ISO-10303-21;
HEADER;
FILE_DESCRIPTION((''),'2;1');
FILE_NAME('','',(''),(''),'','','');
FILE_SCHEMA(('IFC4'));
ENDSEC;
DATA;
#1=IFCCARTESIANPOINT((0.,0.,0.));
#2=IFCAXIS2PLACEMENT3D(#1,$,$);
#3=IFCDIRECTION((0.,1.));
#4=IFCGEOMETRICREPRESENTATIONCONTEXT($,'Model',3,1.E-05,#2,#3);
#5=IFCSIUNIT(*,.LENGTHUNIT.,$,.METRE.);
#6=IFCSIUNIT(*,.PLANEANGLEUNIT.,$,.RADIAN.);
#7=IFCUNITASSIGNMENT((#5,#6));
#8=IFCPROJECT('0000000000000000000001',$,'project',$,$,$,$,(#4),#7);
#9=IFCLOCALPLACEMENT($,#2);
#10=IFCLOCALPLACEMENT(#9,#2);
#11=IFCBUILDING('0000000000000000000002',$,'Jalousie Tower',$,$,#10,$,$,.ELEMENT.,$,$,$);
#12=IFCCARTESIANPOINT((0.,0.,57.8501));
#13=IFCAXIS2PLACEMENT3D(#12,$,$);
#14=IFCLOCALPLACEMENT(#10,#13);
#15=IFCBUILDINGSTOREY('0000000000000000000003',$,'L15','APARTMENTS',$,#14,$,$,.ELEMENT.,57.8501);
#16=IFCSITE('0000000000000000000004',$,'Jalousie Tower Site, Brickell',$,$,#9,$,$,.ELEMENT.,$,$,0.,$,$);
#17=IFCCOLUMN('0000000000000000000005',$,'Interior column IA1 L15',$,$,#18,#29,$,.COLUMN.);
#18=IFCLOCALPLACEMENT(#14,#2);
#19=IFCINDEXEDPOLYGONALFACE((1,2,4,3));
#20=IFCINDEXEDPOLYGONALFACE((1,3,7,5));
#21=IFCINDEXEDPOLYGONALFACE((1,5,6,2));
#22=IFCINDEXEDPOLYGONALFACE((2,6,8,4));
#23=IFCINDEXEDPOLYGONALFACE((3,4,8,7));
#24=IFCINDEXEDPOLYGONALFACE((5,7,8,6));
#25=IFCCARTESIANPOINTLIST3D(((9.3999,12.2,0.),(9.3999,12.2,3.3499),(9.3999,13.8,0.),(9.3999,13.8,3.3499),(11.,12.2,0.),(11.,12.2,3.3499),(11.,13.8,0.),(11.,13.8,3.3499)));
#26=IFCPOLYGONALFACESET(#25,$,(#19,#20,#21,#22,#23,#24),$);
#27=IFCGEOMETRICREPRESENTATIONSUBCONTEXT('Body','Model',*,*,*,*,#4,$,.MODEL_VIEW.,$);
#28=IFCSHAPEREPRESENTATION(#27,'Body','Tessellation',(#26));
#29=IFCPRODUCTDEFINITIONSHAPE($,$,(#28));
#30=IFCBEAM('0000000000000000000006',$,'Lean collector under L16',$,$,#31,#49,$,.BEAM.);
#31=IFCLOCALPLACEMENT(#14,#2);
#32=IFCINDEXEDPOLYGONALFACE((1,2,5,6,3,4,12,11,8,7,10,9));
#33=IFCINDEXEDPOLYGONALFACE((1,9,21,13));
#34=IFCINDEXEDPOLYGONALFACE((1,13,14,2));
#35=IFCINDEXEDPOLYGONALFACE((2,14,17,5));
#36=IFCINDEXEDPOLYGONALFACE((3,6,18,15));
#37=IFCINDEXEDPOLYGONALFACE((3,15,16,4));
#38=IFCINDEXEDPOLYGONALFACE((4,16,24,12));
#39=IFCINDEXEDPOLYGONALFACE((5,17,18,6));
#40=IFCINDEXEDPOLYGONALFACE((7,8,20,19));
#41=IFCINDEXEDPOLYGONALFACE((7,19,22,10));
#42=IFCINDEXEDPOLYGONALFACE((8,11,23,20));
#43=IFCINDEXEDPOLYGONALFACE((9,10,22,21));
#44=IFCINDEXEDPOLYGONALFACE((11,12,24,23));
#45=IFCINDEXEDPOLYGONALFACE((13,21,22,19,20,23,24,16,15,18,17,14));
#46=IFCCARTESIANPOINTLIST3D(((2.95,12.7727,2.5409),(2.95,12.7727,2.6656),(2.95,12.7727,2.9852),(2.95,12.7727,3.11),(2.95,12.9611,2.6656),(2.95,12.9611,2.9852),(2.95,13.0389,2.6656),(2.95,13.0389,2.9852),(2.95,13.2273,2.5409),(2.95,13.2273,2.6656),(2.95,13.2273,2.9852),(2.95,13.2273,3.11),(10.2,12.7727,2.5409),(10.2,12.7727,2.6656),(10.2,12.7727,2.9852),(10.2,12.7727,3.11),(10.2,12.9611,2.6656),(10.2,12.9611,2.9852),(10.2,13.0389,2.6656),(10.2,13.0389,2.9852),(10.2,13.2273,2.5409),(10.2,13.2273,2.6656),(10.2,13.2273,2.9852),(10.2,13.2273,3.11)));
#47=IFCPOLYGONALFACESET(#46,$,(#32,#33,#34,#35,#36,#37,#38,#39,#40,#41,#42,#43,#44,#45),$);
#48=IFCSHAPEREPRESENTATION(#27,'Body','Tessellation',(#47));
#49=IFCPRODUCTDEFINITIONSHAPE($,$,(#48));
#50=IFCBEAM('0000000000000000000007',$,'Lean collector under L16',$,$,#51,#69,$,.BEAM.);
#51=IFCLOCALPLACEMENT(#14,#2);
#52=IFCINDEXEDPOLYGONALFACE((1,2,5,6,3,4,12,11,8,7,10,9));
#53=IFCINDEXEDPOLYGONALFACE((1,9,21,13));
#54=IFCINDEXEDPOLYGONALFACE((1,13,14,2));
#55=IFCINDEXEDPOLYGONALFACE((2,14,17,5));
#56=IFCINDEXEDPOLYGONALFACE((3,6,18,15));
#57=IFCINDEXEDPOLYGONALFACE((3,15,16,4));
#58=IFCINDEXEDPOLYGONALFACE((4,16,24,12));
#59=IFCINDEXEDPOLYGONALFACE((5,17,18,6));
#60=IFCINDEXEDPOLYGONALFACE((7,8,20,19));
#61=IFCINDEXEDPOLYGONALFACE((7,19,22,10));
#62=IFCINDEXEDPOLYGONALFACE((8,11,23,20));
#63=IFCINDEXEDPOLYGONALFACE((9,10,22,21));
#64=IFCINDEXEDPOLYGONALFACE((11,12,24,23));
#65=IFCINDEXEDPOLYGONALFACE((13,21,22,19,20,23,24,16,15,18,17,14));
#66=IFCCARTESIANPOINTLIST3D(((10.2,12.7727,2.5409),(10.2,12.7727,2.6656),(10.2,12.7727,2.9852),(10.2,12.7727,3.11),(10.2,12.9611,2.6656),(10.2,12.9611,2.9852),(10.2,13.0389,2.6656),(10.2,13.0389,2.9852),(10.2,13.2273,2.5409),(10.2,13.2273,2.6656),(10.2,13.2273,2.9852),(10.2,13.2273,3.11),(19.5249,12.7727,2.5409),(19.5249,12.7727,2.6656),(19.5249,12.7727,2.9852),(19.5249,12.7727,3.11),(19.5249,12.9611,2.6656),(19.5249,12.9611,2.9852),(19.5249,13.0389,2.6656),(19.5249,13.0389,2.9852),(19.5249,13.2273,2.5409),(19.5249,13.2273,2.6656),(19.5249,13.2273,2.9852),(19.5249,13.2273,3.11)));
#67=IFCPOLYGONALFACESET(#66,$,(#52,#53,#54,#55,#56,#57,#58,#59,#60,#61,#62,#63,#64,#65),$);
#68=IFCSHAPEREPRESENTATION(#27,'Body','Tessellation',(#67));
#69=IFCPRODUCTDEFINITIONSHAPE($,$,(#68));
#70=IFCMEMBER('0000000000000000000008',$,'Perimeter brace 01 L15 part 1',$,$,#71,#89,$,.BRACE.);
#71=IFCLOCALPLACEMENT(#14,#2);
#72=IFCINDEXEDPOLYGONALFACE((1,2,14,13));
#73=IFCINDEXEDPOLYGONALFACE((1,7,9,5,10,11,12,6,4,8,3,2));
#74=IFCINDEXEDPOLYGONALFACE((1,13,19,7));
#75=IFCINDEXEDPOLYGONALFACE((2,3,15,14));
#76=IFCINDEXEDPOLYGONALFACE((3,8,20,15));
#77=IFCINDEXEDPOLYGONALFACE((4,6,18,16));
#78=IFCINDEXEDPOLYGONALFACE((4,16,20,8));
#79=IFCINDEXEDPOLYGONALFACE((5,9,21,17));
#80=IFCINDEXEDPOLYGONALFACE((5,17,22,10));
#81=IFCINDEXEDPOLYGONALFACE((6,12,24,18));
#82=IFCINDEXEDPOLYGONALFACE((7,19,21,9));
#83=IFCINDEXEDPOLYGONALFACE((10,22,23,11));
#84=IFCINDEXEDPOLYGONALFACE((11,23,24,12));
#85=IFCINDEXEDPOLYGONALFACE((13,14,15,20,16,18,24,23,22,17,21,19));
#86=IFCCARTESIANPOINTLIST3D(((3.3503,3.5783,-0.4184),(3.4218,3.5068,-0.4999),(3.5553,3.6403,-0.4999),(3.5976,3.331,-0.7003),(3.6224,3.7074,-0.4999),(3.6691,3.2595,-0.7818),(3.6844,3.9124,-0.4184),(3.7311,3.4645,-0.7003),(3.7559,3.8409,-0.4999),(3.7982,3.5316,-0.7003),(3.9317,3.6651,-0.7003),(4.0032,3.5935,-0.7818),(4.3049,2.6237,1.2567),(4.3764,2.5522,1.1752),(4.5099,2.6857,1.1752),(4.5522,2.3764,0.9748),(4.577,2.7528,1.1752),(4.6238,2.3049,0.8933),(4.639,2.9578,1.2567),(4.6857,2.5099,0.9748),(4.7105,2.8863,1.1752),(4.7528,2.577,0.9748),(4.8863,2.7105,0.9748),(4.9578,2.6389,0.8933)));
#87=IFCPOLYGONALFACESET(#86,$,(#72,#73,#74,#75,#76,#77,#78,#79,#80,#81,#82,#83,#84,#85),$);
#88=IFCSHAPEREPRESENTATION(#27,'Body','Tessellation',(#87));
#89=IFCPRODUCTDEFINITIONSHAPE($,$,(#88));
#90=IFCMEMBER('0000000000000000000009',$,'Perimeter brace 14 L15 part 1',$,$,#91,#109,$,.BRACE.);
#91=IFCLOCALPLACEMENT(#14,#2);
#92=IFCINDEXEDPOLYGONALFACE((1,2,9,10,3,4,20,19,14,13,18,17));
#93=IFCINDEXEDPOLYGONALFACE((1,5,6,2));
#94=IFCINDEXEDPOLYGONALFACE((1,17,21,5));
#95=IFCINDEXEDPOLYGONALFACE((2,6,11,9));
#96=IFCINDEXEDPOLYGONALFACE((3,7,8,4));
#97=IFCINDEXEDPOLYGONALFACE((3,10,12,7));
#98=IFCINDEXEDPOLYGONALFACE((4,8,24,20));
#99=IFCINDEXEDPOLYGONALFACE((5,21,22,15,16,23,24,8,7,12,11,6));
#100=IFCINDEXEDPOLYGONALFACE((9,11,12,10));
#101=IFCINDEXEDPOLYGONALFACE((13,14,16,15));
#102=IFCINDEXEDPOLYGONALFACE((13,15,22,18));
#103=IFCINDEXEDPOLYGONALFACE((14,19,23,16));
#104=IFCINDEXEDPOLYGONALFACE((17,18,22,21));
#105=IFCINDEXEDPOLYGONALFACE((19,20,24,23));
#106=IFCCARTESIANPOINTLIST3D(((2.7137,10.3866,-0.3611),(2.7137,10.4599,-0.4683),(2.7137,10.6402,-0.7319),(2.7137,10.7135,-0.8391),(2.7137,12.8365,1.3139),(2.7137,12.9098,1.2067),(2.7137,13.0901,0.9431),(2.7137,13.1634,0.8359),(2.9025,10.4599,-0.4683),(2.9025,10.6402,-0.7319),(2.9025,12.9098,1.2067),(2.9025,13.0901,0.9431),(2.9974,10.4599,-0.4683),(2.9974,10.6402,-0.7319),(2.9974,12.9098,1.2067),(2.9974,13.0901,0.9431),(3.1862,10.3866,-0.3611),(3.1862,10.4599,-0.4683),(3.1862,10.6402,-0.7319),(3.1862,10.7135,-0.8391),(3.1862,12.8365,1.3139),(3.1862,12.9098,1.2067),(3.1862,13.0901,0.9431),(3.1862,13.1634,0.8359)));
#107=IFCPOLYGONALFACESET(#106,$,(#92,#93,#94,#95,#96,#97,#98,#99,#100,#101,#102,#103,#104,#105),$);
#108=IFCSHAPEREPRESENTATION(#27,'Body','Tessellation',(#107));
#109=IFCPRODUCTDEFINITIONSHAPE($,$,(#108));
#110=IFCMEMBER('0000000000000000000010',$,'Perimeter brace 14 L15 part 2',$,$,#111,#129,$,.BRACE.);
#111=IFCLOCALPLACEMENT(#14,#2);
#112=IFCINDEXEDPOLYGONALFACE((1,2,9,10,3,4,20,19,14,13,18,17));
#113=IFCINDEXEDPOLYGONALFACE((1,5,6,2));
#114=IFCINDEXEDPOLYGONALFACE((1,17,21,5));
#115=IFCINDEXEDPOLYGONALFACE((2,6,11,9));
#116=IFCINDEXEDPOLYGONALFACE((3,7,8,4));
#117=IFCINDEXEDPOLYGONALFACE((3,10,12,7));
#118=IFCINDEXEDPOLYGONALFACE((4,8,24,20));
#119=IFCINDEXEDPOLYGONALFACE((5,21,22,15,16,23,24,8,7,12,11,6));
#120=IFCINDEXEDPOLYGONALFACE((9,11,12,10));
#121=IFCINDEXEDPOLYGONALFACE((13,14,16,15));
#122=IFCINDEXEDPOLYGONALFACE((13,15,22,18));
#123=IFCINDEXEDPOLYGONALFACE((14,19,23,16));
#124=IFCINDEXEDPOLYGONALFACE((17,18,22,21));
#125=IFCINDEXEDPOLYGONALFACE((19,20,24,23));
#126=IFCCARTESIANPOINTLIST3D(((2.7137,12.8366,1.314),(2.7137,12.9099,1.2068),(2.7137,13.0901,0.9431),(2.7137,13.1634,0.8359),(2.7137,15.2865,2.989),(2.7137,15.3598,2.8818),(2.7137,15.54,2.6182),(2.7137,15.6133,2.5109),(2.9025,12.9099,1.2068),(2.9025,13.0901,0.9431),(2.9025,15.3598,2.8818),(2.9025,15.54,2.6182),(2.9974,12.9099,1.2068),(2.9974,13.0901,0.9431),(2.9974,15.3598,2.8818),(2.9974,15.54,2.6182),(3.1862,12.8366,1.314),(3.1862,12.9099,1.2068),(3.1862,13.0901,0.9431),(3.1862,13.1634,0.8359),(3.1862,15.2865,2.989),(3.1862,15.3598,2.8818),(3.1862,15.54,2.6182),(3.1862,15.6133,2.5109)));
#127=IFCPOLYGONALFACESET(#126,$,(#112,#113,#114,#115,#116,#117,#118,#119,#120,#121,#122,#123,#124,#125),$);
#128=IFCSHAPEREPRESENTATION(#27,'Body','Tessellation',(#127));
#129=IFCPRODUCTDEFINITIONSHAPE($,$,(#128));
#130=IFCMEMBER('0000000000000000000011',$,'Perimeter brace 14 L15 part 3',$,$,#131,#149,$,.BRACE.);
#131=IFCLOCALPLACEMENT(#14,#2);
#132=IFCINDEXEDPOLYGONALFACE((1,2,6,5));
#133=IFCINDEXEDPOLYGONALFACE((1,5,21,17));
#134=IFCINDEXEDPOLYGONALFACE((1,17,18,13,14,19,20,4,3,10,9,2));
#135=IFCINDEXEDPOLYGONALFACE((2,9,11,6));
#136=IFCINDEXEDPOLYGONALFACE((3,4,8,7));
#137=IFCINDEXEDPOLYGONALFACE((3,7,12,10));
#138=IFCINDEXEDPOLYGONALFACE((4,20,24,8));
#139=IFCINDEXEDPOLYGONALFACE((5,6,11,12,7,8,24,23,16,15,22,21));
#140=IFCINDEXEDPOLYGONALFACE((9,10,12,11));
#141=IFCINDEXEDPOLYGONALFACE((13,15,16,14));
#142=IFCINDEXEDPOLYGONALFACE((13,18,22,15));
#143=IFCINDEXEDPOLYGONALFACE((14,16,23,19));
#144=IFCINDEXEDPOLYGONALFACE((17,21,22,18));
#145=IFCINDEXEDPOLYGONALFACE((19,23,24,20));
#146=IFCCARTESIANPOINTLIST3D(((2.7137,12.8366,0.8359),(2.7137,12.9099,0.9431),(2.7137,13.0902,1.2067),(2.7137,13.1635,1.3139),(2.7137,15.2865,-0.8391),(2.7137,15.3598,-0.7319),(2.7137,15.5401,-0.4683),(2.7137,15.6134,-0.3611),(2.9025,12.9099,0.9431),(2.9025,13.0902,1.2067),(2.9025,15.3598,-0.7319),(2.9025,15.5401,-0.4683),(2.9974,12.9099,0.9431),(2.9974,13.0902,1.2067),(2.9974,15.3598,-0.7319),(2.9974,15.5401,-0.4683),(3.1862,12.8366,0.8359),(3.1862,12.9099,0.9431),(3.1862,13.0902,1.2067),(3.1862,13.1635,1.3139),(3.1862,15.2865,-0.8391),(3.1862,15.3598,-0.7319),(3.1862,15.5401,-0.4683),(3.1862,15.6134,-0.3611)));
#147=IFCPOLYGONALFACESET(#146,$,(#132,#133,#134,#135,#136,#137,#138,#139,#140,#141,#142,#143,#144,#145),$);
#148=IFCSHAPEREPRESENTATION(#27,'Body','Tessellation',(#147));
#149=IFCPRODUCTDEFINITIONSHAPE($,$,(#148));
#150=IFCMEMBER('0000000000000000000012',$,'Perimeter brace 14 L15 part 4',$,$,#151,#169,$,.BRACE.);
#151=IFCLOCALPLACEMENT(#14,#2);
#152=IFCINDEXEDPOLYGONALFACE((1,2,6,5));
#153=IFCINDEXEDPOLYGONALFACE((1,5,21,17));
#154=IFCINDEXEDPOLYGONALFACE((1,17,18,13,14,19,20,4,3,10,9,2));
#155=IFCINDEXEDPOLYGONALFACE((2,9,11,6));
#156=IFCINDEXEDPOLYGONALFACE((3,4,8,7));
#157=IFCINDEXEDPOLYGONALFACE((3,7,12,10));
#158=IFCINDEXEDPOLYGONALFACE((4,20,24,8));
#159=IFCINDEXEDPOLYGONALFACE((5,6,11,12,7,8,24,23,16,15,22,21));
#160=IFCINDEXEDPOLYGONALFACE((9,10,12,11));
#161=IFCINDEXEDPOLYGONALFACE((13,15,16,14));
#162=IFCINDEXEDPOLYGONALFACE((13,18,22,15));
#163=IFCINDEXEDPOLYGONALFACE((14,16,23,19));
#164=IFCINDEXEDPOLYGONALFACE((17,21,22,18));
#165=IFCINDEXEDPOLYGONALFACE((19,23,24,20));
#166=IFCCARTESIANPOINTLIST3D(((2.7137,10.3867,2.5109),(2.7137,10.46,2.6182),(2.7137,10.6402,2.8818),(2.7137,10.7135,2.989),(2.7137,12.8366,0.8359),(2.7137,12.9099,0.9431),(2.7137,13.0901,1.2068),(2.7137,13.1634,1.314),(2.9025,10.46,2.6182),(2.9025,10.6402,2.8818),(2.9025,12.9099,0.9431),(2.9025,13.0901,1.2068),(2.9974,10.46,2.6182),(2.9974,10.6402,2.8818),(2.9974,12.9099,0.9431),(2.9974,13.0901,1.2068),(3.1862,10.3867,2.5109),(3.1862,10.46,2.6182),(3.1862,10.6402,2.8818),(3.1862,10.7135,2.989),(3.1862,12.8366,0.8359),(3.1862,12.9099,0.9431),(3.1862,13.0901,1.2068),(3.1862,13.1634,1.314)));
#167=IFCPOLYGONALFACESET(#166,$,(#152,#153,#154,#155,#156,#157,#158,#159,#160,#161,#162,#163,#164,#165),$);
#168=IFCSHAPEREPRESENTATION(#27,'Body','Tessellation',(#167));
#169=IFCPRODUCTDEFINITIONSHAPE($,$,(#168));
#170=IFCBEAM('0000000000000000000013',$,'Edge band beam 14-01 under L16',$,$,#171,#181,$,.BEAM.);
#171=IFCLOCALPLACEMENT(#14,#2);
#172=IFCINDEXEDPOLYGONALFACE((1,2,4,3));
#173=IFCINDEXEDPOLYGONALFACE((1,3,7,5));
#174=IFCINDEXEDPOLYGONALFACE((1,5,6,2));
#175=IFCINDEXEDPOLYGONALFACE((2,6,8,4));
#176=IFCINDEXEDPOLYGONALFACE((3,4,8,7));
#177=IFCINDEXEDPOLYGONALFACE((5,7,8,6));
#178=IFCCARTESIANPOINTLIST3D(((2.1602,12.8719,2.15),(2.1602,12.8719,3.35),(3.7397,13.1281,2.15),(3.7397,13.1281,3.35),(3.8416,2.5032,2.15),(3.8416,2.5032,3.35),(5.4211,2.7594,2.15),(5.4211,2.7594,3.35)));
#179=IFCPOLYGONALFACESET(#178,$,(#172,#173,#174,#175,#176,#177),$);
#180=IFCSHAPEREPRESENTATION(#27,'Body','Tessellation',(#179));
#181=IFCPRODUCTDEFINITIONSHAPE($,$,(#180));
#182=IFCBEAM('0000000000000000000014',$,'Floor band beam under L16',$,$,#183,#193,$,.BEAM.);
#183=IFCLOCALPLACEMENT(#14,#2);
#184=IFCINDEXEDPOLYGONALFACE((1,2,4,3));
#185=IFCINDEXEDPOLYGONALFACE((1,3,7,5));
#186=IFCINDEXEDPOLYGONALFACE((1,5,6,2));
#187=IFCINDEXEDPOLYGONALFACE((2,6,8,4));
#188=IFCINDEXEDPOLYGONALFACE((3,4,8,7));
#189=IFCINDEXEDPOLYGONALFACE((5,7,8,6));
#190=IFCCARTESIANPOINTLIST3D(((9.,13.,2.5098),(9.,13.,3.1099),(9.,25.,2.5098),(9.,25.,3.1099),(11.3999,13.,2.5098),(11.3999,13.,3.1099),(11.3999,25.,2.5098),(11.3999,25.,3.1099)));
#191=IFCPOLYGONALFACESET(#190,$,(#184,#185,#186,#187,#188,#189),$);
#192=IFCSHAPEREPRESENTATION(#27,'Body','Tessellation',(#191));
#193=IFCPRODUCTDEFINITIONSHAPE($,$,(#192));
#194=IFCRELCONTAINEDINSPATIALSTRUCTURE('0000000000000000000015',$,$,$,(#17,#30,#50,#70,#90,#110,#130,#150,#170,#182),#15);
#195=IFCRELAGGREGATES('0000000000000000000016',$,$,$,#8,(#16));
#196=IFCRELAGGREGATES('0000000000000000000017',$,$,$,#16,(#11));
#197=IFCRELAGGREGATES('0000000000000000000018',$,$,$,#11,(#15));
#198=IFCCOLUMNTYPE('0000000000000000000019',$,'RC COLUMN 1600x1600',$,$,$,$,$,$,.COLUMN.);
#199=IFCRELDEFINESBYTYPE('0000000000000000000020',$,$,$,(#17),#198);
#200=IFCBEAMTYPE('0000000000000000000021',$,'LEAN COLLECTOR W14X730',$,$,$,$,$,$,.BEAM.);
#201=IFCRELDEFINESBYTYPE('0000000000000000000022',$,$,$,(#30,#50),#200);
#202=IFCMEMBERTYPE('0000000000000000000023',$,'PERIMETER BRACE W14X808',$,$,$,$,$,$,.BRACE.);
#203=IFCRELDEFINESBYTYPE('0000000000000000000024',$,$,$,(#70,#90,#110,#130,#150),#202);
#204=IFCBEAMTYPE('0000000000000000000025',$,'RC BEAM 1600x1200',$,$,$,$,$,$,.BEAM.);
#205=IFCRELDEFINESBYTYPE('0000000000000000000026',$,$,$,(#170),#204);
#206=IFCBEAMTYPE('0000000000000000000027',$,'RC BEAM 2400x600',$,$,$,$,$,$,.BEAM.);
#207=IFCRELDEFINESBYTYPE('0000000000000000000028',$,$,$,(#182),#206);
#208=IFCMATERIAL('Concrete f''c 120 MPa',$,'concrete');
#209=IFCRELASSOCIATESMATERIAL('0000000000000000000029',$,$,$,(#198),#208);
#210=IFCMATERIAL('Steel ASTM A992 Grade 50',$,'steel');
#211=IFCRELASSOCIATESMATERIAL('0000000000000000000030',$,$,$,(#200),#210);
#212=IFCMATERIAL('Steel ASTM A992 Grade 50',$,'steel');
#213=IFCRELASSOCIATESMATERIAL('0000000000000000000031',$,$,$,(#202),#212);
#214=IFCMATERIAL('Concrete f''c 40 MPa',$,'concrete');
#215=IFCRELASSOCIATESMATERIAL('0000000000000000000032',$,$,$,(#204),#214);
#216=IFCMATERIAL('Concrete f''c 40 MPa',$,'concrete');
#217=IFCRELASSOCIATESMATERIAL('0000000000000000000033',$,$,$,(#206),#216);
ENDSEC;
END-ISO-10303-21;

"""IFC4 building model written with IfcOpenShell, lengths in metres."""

from ifc_helpers import new_model, si_unit, direction, frame, origin, origin_2d, place, context, subcontext, project, spatial, rectangle, i_section, extrude, material, material_profile, profile_set, type_object, element, save


model = new_model("IFC4")

# Units and contexts
model_context = context("Model", 3, precision=1e-05, world=origin(), true_north=direction((0.0, 1.0)))
body_context = subcontext(model_context, "Body", "Model", "MODEL_VIEW")
ifc_project = project(units=[si_unit("LENGTHUNIT", "METRE"), si_unit("PLANEANGLEUNIT", "RADIAN")], contexts=[model_context])

# Site, building, storey
site_placement = place(None, origin())
site = spatial("IfcSite", under=ifc_project, at=site_placement, Name="Jalousie Tower Site, Brickell", CompositionType="ELEMENT", RefElevation=0.0)
building_placement = place(site_placement, origin())
building = spatial("IfcBuilding", under=site, at=building_placement, Name="Jalousie Tower", CompositionType="ELEMENT")
storey_placement = place(building_placement, frame((0.0, 0.0, 57.8501)))
storey = spatial("IfcBuildingStorey", under=building, at=storey_placement, Name="L15", Description="APARTMENTS", CompositionType="ELEMENT", Elevation=57.8501)

# Column
ifc_material_1 = material(Name="Concrete f'c 120 MPa", Category="concrete")
ifc_material_profile_1 = material_profile(ifc_material_1, rectangle(XDim=1.6001, YDim=1.6001, at=origin_2d()), Name="RC 1600x1600")
ifc_profile_set_1 = profile_set([ifc_material_profile_1], Name="Concrete f'c 120 MPa")
column_type = type_object("IfcColumnType", Name="RC COLUMN 1600x1600", PredefinedType="COLUMN", material=ifc_profile_set_1)
column_placement = place(storey_placement, frame((10.2, 13.0, 0.0), z_axis=(0.0, 0.0, 1.0), x_axis=(1.0, 0.0, 0.0)))
element("IfcColumn", 1, at=column_placement, inside=storey, type_object=column_type, Name="Interior column IA1 L15", PredefinedType="COLUMN", context=body_context, shape_type="SweptSolid", body=[
    extrude(rectangle(XDim=1.6001, YDim=1.6001, at=origin_2d()), origin(), (0.0, 0.0, 1.0), 3.3499),
])

# Beams
ifc_material_2 = material(Name="Steel ASTM A992 Grade 50", Category="steel")
ifc_material_profile_2 = material_profile(ifc_material_2, i_section(OverallWidth=0.4546, OverallDepth=0.5691, WebThickness=0.0779, FlangeThickness=0.1248, at=origin_2d()), Name="W14X730")
ifc_profile_set_2 = profile_set([ifc_material_profile_2], Name="Steel ASTM A992 Grade 50")
beam_type_1 = type_object("IfcBeamType", Name="LEAN COLLECTOR W14X730", PredefinedType="BEAM", material=ifc_profile_set_2)
beam_1_placement = place(storey_placement, frame((2.95, 13.0, 2.8254), z_axis=(1.0, 0.0, 0.0), x_axis=(0.0, 1.0, 0.0)))
element("IfcBeam", 2, at=beam_1_placement, inside=storey, type_object=beam_type_1, Name="Lean collector under L16", PredefinedType="BEAM", context=body_context, shape_type="SweptSolid", body=[
    extrude(i_section(OverallWidth=0.4546, OverallDepth=0.5691, WebThickness=0.0779, FlangeThickness=0.1248, at=origin_2d()), origin(), (0.0, 0.0, 1.0), 7.25),
])
beam_2_placement = place(storey_placement, frame((10.2, 13.0, 2.8254), z_axis=(1.0, 0.0, 0.0), x_axis=(0.0, 1.0, 0.0)))
element("IfcBeam", 3, at=beam_2_placement, inside=storey, type_object=beam_type_1, Name="Lean collector under L16", PredefinedType="BEAM", context=body_context, shape_type="SweptSolid", body=[
    extrude(i_section(OverallWidth=0.4546, OverallDepth=0.5691, WebThickness=0.0779, FlangeThickness=0.1248, at=origin_2d()), origin(), (0.0, 0.0, 1.0), 9.325),
])

# Members
ifc_material_3 = material(Name="Steel ASTM A992 Grade 50", Category="steel")
ifc_material_profile_3 = material_profile(ifc_material_3, i_section(OverallWidth=0.4724, OverallDepth=0.5791, WebThickness=0.095, FlangeThickness=0.1299, at=origin_2d()), Name="W14X808")
ifc_profile_set_3 = profile_set([ifc_material_profile_3], Name="Steel ASTM A992 Grade 50")
member_type_1 = type_object("IfcMemberType", Name="PERIMETER BRACE W14X808", PredefinedType="BRACE", material=ifc_profile_set_3)
member_1_placement = place(storey_placement, frame((3.6768, 3.5859, -0.6001), z_axis=(0.443718, -0.443718, 0.778607), x_axis=(0.707107, 0.707107, 0.0)))
element("IfcMember", 4, at=member_1_placement, inside=storey, type_object=member_type_1, Name="Perimeter brace 01 L15 part 1", PredefinedType="BRACE", context=body_context, shape_type="SweptSolid", body=[
    extrude(i_section(OverallWidth=0.4724, OverallDepth=0.5791, WebThickness=0.095, FlangeThickness=0.1299, at=origin_2d()), origin(), (0.0, 0.0, 1.0), 2.1514),
])
for number, where, z_axis, x_axis, name in (
    (5, (2.95, 10.55, -0.6001), (0.0, 0.825501, 0.564401), (-1.0, 0.0, 0.0), "Perimeter brace 14 L15 part 1"),
    (6, (2.95, 13.0, 1.075), (0.0, 0.825501, 0.564401), (-1.0, 0.0, 0.0), "Perimeter brace 14 L15 part 2"),
    (7, (2.95, 15.45, -0.6001), (0.0, -0.825501, 0.564401), (1.0, 0.0, 0.0), "Perimeter brace 14 L15 part 3"),
    (8, (2.95, 13.0, 1.075), (0.0, -0.825501, 0.564401), (1.0, 0.0, 0.0), "Perimeter brace 14 L15 part 4"),
):
    element("IfcMember", number, at=place(storey_placement, frame(where, z_axis=z_axis, x_axis=x_axis)), inside=storey, type_object=member_type_1, Name=name, PredefinedType="BRACE", context=body_context, shape_type="SweptSolid", body=[
        extrude(i_section(OverallWidth=0.4724, OverallDepth=0.5791, WebThickness=0.095, FlangeThickness=0.1299, at=origin_2d()), origin(), (0.0, 0.0, 1.0), 2.9678),
    ])

# Beams
ifc_material_4 = material(Name="Concrete f'c 40 MPa", Category="concrete")
ifc_material_profile_4 = material_profile(ifc_material_4, rectangle(XDim=1.6001, YDim=1.2, at=origin_2d()), Name="RC 1600x1200")
ifc_profile_set_4 = profile_set([ifc_material_profile_4], Name="Concrete f'c 40 MPa")
beam_type_2 = type_object("IfcBeamType", Name="RC BEAM 1600x1200", PredefinedType="BEAM", material=ifc_profile_set_4)
beam_3_placement = place(storey_placement, frame((2.95, 13.0, 2.75), z_axis=(0.160071, -0.987106, 0.0), x_axis=(0.987106, 0.160071, 0.0)))
element("IfcBeam", 9, at=beam_3_placement, inside=storey, type_object=beam_type_2, Name="Edge band beam 14-01 under L16", PredefinedType="BEAM", context=body_context, shape_type="SweptSolid", body=[
    extrude(rectangle(XDim=1.6001, YDim=1.2, at=origin_2d()), origin(), (0.0, 0.0, 1.0), 10.5042),
])
ifc_material_5 = material(Name="Concrete f'c 40 MPa", Category="concrete")
ifc_material_profile_5 = material_profile(ifc_material_5, rectangle(XDim=2.3999, YDim=0.6001, at=origin_2d()), Name="RC 2400x600")
ifc_profile_set_5 = profile_set([ifc_material_profile_5], Name="Concrete f'c 40 MPa")
beam_type_3 = type_object("IfcBeamType", Name="RC BEAM 2400x600", PredefinedType="BEAM", material=ifc_profile_set_5)
beam_4_placement = place(storey_placement, frame((10.2, 13.0, 2.8098), z_axis=(0.0, 1.0, 0.0), x_axis=(-1.0, 0.0, 0.0)))
element("IfcBeam", 10, at=beam_4_placement, inside=storey, type_object=beam_type_3, Name="Floor band beam under L16", PredefinedType="BEAM", context=body_context, shape_type="SweptSolid", body=[
    extrude(rectangle(XDim=2.3999, YDim=0.6001, at=origin_2d()), origin(), (0.0, 0.0, 1.0), 12.0),
])

save(model, "model.ifc")
